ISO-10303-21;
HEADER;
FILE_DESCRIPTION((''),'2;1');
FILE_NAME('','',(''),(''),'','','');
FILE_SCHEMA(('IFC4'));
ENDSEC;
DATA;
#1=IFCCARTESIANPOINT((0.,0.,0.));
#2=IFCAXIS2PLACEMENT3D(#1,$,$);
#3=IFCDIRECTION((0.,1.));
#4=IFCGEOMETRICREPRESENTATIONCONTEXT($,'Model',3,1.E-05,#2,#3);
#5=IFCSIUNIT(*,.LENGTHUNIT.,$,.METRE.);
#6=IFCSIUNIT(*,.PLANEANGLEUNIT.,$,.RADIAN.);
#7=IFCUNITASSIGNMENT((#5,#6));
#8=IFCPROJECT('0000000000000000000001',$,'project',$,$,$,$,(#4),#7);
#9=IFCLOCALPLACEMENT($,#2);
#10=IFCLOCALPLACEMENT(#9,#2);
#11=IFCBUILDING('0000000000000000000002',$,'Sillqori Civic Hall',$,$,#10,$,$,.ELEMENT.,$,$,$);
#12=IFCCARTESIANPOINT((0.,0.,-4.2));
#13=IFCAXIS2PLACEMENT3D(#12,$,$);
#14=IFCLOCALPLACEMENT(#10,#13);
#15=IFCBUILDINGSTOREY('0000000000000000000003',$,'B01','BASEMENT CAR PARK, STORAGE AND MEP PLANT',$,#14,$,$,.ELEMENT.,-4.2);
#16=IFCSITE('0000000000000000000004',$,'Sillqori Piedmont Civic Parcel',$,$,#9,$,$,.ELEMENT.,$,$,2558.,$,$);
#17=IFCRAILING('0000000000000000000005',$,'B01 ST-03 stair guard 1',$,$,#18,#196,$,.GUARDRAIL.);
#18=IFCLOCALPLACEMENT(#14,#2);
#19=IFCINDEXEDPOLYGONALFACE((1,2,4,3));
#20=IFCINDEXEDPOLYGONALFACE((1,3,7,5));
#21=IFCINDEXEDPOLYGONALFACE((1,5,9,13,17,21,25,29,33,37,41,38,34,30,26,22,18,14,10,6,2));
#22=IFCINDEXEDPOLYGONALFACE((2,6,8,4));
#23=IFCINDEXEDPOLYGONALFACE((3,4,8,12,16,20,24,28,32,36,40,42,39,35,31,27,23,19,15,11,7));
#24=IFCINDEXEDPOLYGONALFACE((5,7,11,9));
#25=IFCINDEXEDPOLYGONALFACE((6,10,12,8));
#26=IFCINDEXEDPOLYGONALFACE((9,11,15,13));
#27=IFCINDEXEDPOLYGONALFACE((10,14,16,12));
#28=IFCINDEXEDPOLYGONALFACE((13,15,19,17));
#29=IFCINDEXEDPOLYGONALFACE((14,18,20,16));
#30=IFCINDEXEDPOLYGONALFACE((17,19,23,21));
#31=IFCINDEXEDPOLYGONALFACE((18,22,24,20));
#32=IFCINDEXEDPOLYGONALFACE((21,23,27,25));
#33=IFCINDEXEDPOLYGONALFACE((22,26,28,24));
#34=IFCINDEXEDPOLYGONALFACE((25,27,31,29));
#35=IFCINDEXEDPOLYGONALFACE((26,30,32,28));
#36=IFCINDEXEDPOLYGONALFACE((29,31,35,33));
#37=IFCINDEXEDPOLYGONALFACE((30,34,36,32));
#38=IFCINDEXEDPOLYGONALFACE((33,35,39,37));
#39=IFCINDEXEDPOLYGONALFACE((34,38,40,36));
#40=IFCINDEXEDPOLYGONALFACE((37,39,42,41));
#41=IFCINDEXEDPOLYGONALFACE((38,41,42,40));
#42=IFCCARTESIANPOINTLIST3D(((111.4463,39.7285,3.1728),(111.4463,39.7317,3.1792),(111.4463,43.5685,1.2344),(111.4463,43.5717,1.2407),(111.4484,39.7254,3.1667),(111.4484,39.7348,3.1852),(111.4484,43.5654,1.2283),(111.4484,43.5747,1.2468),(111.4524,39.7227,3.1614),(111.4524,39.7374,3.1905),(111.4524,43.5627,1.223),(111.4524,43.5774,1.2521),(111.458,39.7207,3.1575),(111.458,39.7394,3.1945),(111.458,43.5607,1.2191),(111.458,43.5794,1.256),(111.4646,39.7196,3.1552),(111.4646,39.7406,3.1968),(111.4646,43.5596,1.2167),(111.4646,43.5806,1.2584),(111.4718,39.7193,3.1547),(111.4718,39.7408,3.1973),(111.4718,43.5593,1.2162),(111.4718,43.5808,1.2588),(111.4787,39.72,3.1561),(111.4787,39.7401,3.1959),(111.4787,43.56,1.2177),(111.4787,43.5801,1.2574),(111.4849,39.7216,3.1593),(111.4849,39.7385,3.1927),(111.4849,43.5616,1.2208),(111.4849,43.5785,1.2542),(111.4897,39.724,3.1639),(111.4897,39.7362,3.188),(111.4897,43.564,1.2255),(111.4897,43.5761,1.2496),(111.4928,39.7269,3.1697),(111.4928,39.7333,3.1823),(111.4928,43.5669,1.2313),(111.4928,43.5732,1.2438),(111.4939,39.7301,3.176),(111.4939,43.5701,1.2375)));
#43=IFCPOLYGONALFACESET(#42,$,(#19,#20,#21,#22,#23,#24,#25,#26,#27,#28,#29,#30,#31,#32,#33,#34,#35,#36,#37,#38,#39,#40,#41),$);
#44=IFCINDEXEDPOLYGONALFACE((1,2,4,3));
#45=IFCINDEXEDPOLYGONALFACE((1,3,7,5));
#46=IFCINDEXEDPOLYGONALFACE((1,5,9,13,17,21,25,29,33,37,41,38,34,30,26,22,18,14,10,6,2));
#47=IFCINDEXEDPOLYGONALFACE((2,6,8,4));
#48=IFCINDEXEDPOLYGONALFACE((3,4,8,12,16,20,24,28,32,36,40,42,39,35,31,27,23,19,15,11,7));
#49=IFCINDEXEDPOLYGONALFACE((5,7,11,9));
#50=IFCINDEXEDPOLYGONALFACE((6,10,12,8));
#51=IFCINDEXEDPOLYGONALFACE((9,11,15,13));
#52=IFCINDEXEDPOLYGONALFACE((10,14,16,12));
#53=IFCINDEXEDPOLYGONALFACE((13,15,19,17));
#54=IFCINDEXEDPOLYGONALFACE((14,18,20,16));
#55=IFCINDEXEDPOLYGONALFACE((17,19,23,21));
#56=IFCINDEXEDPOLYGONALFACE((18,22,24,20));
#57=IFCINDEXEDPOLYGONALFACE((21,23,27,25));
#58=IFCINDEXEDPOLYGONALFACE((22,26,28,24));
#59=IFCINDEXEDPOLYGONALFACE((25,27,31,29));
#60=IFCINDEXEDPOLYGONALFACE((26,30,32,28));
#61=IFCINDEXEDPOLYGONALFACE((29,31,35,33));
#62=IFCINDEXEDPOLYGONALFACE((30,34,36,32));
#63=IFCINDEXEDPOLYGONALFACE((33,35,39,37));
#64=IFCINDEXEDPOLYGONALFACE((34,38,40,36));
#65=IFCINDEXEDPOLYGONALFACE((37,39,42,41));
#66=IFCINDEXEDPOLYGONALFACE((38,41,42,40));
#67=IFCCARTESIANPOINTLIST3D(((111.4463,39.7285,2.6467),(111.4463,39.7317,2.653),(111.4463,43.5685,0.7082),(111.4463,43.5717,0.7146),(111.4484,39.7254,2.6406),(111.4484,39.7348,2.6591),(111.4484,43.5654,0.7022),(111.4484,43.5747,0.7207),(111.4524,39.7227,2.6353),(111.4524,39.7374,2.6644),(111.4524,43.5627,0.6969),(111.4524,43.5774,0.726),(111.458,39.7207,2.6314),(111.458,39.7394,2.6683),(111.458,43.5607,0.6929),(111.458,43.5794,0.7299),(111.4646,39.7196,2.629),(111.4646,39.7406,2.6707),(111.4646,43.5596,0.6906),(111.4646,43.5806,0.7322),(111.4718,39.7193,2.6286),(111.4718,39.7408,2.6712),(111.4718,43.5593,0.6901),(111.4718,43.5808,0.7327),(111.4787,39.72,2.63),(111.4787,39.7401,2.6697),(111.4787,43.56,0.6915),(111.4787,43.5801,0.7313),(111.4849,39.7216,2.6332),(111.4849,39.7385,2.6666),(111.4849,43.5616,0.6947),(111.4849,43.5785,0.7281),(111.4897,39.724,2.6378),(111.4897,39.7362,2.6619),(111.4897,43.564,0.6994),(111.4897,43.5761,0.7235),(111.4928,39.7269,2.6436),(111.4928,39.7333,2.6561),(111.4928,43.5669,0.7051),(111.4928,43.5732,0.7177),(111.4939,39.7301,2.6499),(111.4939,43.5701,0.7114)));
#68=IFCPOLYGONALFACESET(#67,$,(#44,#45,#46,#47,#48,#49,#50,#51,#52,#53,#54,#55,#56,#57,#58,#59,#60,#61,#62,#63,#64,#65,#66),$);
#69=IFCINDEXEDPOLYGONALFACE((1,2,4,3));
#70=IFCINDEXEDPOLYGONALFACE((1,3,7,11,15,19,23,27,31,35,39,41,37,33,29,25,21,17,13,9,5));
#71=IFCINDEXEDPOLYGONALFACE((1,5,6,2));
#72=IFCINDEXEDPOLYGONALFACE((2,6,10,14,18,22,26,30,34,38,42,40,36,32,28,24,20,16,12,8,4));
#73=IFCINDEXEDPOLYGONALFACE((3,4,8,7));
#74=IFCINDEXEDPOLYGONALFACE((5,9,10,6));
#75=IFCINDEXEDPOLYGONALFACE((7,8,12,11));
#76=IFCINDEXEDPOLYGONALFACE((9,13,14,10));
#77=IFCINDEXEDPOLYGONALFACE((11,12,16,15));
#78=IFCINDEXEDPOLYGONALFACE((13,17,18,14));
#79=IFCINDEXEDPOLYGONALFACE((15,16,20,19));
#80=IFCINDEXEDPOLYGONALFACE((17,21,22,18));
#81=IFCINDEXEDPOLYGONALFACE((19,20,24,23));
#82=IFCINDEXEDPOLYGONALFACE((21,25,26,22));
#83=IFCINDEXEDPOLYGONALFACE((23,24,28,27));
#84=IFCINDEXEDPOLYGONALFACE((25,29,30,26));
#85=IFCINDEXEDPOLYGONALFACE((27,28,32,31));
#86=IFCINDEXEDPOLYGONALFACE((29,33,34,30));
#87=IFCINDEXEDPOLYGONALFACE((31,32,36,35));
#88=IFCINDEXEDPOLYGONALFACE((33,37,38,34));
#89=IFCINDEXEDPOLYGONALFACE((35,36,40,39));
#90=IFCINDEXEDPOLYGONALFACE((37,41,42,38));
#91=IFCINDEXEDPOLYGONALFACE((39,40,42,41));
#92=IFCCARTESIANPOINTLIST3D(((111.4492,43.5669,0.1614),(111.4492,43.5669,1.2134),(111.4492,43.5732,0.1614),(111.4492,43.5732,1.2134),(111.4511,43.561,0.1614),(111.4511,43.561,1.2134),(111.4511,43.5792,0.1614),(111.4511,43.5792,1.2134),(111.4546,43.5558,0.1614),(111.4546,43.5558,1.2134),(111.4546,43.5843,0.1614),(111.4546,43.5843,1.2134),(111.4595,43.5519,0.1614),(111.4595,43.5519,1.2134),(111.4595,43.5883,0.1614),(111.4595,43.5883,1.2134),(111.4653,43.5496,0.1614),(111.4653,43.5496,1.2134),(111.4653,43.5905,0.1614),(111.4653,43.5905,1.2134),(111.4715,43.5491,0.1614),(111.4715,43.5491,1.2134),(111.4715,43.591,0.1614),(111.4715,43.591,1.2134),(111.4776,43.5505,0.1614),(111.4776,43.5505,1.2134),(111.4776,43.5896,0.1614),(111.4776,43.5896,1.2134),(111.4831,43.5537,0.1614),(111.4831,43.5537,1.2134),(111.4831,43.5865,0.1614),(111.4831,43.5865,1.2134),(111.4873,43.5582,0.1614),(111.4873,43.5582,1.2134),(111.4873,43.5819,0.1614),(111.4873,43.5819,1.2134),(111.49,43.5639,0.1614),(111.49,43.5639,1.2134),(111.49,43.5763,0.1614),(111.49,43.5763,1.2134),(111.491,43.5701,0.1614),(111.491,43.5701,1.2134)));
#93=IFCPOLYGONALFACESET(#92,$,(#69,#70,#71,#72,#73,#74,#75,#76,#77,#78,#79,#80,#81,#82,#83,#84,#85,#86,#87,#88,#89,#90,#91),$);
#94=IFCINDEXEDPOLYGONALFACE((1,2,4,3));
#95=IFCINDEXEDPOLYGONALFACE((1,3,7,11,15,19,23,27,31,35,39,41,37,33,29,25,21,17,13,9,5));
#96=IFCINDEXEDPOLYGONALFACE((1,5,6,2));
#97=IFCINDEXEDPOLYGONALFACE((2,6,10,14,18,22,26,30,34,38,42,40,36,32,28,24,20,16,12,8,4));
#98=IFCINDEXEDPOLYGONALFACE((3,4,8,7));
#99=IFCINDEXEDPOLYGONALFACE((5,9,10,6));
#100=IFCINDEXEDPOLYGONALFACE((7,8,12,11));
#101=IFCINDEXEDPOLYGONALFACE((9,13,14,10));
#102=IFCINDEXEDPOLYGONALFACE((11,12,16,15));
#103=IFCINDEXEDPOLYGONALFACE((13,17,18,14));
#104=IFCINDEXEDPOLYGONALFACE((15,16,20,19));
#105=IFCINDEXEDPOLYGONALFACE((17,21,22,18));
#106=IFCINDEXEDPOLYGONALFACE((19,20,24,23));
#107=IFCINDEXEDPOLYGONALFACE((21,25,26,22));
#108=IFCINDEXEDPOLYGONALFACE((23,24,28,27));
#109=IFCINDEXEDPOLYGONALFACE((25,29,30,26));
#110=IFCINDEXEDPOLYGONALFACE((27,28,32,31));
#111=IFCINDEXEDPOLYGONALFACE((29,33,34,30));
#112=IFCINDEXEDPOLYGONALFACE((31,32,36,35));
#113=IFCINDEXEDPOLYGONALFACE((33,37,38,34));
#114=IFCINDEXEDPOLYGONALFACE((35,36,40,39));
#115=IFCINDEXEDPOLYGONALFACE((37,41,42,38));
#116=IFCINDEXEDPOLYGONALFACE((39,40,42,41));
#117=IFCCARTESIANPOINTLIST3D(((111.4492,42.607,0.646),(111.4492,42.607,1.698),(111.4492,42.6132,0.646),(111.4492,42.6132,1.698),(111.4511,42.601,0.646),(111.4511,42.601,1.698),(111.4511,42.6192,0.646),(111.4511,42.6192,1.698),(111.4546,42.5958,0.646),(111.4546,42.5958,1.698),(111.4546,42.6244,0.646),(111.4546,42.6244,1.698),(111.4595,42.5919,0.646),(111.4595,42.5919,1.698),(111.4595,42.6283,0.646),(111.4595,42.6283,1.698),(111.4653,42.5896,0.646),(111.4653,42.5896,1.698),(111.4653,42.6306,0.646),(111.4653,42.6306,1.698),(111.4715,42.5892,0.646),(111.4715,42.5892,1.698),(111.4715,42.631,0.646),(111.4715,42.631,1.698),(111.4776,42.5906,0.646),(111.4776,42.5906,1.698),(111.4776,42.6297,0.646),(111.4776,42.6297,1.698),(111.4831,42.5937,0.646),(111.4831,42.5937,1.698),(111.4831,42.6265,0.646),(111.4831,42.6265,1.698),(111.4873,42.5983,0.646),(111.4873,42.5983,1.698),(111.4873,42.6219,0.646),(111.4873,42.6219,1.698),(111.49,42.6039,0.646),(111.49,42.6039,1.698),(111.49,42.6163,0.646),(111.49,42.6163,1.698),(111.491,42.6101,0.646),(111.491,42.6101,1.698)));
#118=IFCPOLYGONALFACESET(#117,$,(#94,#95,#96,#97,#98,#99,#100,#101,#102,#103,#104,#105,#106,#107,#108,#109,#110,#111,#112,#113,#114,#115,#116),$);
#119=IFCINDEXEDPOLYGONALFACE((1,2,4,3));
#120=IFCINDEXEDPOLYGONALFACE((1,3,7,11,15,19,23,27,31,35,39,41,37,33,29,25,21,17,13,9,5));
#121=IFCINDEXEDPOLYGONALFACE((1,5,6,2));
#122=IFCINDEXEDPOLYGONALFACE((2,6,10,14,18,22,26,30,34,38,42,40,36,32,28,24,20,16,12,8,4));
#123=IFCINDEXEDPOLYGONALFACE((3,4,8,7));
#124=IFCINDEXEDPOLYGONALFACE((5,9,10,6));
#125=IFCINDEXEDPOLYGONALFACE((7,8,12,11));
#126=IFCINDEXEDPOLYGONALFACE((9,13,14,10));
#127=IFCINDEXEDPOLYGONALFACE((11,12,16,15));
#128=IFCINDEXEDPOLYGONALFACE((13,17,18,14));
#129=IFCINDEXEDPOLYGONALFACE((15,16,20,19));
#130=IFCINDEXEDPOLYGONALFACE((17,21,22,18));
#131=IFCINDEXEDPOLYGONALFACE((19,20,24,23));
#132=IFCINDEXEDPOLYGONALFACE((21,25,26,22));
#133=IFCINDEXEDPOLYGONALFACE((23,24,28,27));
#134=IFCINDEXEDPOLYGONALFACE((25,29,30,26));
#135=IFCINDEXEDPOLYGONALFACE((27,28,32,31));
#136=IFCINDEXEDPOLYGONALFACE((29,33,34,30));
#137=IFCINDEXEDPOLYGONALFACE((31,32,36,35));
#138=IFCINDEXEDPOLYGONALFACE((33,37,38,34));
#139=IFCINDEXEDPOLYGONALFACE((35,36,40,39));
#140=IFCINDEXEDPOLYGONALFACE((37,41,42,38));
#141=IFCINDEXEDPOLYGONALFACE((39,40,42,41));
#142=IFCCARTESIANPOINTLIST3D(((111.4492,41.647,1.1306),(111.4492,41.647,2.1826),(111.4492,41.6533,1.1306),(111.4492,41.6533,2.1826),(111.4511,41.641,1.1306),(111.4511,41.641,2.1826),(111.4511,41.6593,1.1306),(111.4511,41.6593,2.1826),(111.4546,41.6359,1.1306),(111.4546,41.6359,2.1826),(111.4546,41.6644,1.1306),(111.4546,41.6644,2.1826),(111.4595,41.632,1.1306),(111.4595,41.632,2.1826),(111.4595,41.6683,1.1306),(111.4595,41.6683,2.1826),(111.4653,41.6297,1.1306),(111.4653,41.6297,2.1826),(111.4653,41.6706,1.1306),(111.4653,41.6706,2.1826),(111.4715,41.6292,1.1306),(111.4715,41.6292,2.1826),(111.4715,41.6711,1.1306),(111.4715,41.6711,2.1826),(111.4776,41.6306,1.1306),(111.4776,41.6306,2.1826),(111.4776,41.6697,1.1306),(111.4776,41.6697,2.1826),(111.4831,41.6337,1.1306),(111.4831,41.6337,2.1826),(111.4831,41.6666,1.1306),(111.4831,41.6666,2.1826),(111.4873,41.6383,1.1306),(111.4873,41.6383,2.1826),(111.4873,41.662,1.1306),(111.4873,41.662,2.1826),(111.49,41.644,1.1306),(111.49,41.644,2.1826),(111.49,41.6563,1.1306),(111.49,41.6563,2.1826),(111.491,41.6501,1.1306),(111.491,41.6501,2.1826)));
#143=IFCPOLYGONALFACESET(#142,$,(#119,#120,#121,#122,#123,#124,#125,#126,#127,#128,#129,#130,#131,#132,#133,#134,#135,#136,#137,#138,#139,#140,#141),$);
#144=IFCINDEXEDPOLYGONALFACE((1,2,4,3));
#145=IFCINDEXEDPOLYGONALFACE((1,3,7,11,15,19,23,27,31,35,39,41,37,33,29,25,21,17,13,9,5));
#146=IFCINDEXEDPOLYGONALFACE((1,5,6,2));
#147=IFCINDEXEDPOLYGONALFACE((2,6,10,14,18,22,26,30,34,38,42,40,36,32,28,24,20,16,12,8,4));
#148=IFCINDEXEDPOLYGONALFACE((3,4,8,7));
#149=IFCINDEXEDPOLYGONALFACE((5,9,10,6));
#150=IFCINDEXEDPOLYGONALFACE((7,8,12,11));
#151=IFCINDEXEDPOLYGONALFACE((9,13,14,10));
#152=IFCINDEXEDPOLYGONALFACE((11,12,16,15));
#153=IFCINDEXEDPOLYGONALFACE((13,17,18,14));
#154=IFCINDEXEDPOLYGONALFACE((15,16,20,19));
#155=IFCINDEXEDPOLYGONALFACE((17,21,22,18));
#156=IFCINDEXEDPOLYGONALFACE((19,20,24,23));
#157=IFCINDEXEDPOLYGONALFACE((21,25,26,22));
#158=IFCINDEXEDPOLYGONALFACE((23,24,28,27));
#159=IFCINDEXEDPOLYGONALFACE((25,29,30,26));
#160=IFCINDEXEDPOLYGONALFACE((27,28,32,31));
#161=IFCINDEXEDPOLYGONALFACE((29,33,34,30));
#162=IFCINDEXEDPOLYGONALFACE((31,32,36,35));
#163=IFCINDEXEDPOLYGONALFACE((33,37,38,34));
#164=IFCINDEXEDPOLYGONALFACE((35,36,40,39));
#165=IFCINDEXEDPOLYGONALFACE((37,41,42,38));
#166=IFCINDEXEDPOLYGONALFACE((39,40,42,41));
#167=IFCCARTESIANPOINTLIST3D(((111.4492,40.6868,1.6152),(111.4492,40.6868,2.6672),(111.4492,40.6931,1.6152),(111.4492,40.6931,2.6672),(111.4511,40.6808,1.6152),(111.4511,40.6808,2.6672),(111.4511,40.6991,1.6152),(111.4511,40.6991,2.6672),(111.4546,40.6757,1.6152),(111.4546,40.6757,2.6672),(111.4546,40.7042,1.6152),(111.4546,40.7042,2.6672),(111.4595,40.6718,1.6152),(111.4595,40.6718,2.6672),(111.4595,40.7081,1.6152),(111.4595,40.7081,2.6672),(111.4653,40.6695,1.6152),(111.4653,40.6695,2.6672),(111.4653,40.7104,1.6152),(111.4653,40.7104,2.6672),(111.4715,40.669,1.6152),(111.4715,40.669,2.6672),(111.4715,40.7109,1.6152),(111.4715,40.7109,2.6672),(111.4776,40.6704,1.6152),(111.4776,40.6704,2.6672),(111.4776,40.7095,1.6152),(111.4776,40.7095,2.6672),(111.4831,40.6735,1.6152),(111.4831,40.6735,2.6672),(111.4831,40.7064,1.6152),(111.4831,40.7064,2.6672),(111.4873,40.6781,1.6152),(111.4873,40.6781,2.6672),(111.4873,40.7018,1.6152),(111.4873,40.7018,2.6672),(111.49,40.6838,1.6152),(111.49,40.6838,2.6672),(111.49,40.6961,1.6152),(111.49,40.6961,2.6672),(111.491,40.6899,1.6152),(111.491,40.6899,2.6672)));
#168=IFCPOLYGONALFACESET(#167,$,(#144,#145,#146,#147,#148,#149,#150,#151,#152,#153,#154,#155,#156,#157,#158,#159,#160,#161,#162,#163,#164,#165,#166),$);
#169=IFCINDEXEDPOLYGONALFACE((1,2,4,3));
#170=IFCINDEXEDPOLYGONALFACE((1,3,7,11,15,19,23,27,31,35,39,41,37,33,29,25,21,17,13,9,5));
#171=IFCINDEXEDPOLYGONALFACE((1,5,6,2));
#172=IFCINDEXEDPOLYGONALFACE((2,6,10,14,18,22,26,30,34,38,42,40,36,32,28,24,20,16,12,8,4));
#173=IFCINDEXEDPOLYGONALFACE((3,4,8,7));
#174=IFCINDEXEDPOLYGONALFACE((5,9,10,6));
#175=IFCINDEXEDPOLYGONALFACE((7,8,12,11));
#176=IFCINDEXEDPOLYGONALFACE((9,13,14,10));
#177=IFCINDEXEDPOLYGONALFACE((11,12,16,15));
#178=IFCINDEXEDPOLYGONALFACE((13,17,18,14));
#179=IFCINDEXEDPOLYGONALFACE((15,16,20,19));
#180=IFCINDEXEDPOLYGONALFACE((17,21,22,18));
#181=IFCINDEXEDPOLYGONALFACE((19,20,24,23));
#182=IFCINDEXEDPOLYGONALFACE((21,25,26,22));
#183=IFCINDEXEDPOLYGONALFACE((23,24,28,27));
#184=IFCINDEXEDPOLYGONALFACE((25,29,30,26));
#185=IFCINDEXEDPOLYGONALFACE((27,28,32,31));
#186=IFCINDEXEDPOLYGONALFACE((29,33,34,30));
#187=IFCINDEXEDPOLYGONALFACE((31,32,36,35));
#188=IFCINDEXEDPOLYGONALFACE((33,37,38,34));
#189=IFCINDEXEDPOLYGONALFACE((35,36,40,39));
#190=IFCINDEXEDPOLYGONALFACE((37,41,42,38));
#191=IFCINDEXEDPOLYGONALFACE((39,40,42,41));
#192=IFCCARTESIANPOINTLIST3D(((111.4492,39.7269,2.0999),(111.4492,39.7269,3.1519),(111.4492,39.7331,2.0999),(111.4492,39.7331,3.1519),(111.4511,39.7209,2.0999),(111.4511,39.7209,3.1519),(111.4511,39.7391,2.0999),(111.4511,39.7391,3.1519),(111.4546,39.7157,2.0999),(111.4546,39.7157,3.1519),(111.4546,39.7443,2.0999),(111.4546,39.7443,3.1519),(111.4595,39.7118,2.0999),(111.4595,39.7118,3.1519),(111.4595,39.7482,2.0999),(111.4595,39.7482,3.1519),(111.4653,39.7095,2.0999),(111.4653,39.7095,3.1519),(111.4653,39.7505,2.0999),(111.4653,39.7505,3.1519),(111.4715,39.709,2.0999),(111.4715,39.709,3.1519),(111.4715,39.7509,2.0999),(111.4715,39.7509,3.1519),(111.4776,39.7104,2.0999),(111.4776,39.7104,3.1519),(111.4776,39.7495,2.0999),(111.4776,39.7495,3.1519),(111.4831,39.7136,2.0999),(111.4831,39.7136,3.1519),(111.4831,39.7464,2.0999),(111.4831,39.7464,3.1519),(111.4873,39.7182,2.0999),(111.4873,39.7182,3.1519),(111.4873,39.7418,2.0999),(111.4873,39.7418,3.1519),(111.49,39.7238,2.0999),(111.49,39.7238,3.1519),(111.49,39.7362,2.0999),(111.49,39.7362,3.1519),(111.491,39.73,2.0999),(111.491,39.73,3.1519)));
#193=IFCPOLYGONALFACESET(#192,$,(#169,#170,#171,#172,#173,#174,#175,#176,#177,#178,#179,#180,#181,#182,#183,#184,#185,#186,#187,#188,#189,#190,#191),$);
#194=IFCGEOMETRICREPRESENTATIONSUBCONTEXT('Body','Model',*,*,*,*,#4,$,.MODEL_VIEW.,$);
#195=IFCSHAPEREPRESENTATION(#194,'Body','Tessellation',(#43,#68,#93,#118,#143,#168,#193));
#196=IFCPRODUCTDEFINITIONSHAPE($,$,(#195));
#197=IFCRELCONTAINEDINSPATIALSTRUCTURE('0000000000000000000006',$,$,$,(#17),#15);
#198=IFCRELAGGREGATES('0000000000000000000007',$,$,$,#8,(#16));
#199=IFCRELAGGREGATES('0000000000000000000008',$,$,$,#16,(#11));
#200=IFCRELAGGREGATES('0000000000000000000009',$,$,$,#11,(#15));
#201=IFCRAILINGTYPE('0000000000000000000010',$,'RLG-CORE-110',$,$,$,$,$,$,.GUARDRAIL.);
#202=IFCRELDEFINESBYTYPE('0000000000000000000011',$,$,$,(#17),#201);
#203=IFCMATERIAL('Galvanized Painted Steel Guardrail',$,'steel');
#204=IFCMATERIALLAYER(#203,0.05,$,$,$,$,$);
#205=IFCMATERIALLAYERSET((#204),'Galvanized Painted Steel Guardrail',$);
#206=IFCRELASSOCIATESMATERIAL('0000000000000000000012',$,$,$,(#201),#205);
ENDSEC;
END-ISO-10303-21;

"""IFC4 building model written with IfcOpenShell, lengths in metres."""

from ifc_helpers import new_model, si_unit, direction, frame, origin, origin_2d, place, context, subcontext, project, spatial, circle, extrude, material, layer, layer_set, type_object, element, save


model = new_model("IFC4")

# Units and contexts
model_context = context("Model", 3, precision=1e-05, world=origin(), true_north=direction((0.0, 1.0)))
body_context = subcontext(model_context, "Body", "Model", "MODEL_VIEW")
ifc_project = project(units=[si_unit("LENGTHUNIT", "METRE"), si_unit("PLANEANGLEUNIT", "RADIAN")], contexts=[model_context])

# Site, building, storey
site_placement = place(None, origin())
site = spatial("IfcSite", under=ifc_project, at=site_placement, Name="Sillqori Piedmont Civic Parcel", CompositionType="ELEMENT", RefElevation=2558.0)
building_placement = place(site_placement, origin())
building = spatial("IfcBuilding", under=site, at=building_placement, Name="Sillqori Civic Hall", CompositionType="ELEMENT")
storey_placement = place(building_placement, frame((0.0, 0.0, -4.2)))
storey = spatial("IfcBuildingStorey", under=building, at=storey_placement, Name="B01", Description="BASEMENT CAR PARK, STORAGE AND MEP PLANT", CompositionType="ELEMENT", Elevation=-4.2)

# Railing
ifc_material_1 = material(Name="Galvanized Painted Steel Guardrail", Category="steel")
ifc_layer_1 = layer(ifc_material_1, 0.05)
ifc_layer_set_1 = layer_set([ifc_layer_1], Name="Galvanized Painted Steel Guardrail")
railing_type_1 = type_object("IfcRailingType", Name="RLG-CORE-110", PredefinedType="GUARDRAIL", material=ifc_layer_set_1)
railing_1_placement = place(storey_placement, frame((111.47, 43.5701, 0.1614)))
element("IfcRailing", 1, at=railing_1_placement, inside=storey, type_object=railing_type_1, Name="B01 ST-03 stair guard 1", PredefinedType="GUARDRAIL", context=body_context, shape_type="SweptSolid", body=[
    extrude(circle(Radius=0.0239, at=origin_2d()), frame((0.0, 0.0, 1.0762), z_axis=(0.0, -0.892707, 0.450638), x_axis=(1.0, 0.0, 0.0)), (0.0, 0.0, 1.0), 4.3015),
    extrude(circle(Radius=0.0239, at=origin_2d()), frame((0.0, 0.0, 0.55), z_axis=(0.0, -0.892707, 0.450638), x_axis=(1.0, 0.0, 0.0)), (0.0, 0.0, 1.0), 4.3015),
    extrude(circle(Radius=0.021, at=origin_2d()), origin(), (0.0, 0.0, 1.0), 1.052),
    extrude(circle(Radius=0.021, at=origin_2d()), frame((0.0, -0.96, 0.4846)), (0.0, 0.0, 1.0), 1.052),
    extrude(circle(Radius=0.021, at=origin_2d()), frame((0.0, -1.9199, 0.9692)), (0.0, 0.0, 1.0), 1.052),
    extrude(circle(Radius=0.021, at=origin_2d()), frame((0.0, -2.8801, 1.4539)), (0.0, 0.0, 1.0), 1.052),
    extrude(circle(Radius=0.021, at=origin_2d()), frame((0.0, -3.8401, 1.9385)), (0.0, 0.0, 1.0), 1.052),
])

save(model, "model.ifc")
